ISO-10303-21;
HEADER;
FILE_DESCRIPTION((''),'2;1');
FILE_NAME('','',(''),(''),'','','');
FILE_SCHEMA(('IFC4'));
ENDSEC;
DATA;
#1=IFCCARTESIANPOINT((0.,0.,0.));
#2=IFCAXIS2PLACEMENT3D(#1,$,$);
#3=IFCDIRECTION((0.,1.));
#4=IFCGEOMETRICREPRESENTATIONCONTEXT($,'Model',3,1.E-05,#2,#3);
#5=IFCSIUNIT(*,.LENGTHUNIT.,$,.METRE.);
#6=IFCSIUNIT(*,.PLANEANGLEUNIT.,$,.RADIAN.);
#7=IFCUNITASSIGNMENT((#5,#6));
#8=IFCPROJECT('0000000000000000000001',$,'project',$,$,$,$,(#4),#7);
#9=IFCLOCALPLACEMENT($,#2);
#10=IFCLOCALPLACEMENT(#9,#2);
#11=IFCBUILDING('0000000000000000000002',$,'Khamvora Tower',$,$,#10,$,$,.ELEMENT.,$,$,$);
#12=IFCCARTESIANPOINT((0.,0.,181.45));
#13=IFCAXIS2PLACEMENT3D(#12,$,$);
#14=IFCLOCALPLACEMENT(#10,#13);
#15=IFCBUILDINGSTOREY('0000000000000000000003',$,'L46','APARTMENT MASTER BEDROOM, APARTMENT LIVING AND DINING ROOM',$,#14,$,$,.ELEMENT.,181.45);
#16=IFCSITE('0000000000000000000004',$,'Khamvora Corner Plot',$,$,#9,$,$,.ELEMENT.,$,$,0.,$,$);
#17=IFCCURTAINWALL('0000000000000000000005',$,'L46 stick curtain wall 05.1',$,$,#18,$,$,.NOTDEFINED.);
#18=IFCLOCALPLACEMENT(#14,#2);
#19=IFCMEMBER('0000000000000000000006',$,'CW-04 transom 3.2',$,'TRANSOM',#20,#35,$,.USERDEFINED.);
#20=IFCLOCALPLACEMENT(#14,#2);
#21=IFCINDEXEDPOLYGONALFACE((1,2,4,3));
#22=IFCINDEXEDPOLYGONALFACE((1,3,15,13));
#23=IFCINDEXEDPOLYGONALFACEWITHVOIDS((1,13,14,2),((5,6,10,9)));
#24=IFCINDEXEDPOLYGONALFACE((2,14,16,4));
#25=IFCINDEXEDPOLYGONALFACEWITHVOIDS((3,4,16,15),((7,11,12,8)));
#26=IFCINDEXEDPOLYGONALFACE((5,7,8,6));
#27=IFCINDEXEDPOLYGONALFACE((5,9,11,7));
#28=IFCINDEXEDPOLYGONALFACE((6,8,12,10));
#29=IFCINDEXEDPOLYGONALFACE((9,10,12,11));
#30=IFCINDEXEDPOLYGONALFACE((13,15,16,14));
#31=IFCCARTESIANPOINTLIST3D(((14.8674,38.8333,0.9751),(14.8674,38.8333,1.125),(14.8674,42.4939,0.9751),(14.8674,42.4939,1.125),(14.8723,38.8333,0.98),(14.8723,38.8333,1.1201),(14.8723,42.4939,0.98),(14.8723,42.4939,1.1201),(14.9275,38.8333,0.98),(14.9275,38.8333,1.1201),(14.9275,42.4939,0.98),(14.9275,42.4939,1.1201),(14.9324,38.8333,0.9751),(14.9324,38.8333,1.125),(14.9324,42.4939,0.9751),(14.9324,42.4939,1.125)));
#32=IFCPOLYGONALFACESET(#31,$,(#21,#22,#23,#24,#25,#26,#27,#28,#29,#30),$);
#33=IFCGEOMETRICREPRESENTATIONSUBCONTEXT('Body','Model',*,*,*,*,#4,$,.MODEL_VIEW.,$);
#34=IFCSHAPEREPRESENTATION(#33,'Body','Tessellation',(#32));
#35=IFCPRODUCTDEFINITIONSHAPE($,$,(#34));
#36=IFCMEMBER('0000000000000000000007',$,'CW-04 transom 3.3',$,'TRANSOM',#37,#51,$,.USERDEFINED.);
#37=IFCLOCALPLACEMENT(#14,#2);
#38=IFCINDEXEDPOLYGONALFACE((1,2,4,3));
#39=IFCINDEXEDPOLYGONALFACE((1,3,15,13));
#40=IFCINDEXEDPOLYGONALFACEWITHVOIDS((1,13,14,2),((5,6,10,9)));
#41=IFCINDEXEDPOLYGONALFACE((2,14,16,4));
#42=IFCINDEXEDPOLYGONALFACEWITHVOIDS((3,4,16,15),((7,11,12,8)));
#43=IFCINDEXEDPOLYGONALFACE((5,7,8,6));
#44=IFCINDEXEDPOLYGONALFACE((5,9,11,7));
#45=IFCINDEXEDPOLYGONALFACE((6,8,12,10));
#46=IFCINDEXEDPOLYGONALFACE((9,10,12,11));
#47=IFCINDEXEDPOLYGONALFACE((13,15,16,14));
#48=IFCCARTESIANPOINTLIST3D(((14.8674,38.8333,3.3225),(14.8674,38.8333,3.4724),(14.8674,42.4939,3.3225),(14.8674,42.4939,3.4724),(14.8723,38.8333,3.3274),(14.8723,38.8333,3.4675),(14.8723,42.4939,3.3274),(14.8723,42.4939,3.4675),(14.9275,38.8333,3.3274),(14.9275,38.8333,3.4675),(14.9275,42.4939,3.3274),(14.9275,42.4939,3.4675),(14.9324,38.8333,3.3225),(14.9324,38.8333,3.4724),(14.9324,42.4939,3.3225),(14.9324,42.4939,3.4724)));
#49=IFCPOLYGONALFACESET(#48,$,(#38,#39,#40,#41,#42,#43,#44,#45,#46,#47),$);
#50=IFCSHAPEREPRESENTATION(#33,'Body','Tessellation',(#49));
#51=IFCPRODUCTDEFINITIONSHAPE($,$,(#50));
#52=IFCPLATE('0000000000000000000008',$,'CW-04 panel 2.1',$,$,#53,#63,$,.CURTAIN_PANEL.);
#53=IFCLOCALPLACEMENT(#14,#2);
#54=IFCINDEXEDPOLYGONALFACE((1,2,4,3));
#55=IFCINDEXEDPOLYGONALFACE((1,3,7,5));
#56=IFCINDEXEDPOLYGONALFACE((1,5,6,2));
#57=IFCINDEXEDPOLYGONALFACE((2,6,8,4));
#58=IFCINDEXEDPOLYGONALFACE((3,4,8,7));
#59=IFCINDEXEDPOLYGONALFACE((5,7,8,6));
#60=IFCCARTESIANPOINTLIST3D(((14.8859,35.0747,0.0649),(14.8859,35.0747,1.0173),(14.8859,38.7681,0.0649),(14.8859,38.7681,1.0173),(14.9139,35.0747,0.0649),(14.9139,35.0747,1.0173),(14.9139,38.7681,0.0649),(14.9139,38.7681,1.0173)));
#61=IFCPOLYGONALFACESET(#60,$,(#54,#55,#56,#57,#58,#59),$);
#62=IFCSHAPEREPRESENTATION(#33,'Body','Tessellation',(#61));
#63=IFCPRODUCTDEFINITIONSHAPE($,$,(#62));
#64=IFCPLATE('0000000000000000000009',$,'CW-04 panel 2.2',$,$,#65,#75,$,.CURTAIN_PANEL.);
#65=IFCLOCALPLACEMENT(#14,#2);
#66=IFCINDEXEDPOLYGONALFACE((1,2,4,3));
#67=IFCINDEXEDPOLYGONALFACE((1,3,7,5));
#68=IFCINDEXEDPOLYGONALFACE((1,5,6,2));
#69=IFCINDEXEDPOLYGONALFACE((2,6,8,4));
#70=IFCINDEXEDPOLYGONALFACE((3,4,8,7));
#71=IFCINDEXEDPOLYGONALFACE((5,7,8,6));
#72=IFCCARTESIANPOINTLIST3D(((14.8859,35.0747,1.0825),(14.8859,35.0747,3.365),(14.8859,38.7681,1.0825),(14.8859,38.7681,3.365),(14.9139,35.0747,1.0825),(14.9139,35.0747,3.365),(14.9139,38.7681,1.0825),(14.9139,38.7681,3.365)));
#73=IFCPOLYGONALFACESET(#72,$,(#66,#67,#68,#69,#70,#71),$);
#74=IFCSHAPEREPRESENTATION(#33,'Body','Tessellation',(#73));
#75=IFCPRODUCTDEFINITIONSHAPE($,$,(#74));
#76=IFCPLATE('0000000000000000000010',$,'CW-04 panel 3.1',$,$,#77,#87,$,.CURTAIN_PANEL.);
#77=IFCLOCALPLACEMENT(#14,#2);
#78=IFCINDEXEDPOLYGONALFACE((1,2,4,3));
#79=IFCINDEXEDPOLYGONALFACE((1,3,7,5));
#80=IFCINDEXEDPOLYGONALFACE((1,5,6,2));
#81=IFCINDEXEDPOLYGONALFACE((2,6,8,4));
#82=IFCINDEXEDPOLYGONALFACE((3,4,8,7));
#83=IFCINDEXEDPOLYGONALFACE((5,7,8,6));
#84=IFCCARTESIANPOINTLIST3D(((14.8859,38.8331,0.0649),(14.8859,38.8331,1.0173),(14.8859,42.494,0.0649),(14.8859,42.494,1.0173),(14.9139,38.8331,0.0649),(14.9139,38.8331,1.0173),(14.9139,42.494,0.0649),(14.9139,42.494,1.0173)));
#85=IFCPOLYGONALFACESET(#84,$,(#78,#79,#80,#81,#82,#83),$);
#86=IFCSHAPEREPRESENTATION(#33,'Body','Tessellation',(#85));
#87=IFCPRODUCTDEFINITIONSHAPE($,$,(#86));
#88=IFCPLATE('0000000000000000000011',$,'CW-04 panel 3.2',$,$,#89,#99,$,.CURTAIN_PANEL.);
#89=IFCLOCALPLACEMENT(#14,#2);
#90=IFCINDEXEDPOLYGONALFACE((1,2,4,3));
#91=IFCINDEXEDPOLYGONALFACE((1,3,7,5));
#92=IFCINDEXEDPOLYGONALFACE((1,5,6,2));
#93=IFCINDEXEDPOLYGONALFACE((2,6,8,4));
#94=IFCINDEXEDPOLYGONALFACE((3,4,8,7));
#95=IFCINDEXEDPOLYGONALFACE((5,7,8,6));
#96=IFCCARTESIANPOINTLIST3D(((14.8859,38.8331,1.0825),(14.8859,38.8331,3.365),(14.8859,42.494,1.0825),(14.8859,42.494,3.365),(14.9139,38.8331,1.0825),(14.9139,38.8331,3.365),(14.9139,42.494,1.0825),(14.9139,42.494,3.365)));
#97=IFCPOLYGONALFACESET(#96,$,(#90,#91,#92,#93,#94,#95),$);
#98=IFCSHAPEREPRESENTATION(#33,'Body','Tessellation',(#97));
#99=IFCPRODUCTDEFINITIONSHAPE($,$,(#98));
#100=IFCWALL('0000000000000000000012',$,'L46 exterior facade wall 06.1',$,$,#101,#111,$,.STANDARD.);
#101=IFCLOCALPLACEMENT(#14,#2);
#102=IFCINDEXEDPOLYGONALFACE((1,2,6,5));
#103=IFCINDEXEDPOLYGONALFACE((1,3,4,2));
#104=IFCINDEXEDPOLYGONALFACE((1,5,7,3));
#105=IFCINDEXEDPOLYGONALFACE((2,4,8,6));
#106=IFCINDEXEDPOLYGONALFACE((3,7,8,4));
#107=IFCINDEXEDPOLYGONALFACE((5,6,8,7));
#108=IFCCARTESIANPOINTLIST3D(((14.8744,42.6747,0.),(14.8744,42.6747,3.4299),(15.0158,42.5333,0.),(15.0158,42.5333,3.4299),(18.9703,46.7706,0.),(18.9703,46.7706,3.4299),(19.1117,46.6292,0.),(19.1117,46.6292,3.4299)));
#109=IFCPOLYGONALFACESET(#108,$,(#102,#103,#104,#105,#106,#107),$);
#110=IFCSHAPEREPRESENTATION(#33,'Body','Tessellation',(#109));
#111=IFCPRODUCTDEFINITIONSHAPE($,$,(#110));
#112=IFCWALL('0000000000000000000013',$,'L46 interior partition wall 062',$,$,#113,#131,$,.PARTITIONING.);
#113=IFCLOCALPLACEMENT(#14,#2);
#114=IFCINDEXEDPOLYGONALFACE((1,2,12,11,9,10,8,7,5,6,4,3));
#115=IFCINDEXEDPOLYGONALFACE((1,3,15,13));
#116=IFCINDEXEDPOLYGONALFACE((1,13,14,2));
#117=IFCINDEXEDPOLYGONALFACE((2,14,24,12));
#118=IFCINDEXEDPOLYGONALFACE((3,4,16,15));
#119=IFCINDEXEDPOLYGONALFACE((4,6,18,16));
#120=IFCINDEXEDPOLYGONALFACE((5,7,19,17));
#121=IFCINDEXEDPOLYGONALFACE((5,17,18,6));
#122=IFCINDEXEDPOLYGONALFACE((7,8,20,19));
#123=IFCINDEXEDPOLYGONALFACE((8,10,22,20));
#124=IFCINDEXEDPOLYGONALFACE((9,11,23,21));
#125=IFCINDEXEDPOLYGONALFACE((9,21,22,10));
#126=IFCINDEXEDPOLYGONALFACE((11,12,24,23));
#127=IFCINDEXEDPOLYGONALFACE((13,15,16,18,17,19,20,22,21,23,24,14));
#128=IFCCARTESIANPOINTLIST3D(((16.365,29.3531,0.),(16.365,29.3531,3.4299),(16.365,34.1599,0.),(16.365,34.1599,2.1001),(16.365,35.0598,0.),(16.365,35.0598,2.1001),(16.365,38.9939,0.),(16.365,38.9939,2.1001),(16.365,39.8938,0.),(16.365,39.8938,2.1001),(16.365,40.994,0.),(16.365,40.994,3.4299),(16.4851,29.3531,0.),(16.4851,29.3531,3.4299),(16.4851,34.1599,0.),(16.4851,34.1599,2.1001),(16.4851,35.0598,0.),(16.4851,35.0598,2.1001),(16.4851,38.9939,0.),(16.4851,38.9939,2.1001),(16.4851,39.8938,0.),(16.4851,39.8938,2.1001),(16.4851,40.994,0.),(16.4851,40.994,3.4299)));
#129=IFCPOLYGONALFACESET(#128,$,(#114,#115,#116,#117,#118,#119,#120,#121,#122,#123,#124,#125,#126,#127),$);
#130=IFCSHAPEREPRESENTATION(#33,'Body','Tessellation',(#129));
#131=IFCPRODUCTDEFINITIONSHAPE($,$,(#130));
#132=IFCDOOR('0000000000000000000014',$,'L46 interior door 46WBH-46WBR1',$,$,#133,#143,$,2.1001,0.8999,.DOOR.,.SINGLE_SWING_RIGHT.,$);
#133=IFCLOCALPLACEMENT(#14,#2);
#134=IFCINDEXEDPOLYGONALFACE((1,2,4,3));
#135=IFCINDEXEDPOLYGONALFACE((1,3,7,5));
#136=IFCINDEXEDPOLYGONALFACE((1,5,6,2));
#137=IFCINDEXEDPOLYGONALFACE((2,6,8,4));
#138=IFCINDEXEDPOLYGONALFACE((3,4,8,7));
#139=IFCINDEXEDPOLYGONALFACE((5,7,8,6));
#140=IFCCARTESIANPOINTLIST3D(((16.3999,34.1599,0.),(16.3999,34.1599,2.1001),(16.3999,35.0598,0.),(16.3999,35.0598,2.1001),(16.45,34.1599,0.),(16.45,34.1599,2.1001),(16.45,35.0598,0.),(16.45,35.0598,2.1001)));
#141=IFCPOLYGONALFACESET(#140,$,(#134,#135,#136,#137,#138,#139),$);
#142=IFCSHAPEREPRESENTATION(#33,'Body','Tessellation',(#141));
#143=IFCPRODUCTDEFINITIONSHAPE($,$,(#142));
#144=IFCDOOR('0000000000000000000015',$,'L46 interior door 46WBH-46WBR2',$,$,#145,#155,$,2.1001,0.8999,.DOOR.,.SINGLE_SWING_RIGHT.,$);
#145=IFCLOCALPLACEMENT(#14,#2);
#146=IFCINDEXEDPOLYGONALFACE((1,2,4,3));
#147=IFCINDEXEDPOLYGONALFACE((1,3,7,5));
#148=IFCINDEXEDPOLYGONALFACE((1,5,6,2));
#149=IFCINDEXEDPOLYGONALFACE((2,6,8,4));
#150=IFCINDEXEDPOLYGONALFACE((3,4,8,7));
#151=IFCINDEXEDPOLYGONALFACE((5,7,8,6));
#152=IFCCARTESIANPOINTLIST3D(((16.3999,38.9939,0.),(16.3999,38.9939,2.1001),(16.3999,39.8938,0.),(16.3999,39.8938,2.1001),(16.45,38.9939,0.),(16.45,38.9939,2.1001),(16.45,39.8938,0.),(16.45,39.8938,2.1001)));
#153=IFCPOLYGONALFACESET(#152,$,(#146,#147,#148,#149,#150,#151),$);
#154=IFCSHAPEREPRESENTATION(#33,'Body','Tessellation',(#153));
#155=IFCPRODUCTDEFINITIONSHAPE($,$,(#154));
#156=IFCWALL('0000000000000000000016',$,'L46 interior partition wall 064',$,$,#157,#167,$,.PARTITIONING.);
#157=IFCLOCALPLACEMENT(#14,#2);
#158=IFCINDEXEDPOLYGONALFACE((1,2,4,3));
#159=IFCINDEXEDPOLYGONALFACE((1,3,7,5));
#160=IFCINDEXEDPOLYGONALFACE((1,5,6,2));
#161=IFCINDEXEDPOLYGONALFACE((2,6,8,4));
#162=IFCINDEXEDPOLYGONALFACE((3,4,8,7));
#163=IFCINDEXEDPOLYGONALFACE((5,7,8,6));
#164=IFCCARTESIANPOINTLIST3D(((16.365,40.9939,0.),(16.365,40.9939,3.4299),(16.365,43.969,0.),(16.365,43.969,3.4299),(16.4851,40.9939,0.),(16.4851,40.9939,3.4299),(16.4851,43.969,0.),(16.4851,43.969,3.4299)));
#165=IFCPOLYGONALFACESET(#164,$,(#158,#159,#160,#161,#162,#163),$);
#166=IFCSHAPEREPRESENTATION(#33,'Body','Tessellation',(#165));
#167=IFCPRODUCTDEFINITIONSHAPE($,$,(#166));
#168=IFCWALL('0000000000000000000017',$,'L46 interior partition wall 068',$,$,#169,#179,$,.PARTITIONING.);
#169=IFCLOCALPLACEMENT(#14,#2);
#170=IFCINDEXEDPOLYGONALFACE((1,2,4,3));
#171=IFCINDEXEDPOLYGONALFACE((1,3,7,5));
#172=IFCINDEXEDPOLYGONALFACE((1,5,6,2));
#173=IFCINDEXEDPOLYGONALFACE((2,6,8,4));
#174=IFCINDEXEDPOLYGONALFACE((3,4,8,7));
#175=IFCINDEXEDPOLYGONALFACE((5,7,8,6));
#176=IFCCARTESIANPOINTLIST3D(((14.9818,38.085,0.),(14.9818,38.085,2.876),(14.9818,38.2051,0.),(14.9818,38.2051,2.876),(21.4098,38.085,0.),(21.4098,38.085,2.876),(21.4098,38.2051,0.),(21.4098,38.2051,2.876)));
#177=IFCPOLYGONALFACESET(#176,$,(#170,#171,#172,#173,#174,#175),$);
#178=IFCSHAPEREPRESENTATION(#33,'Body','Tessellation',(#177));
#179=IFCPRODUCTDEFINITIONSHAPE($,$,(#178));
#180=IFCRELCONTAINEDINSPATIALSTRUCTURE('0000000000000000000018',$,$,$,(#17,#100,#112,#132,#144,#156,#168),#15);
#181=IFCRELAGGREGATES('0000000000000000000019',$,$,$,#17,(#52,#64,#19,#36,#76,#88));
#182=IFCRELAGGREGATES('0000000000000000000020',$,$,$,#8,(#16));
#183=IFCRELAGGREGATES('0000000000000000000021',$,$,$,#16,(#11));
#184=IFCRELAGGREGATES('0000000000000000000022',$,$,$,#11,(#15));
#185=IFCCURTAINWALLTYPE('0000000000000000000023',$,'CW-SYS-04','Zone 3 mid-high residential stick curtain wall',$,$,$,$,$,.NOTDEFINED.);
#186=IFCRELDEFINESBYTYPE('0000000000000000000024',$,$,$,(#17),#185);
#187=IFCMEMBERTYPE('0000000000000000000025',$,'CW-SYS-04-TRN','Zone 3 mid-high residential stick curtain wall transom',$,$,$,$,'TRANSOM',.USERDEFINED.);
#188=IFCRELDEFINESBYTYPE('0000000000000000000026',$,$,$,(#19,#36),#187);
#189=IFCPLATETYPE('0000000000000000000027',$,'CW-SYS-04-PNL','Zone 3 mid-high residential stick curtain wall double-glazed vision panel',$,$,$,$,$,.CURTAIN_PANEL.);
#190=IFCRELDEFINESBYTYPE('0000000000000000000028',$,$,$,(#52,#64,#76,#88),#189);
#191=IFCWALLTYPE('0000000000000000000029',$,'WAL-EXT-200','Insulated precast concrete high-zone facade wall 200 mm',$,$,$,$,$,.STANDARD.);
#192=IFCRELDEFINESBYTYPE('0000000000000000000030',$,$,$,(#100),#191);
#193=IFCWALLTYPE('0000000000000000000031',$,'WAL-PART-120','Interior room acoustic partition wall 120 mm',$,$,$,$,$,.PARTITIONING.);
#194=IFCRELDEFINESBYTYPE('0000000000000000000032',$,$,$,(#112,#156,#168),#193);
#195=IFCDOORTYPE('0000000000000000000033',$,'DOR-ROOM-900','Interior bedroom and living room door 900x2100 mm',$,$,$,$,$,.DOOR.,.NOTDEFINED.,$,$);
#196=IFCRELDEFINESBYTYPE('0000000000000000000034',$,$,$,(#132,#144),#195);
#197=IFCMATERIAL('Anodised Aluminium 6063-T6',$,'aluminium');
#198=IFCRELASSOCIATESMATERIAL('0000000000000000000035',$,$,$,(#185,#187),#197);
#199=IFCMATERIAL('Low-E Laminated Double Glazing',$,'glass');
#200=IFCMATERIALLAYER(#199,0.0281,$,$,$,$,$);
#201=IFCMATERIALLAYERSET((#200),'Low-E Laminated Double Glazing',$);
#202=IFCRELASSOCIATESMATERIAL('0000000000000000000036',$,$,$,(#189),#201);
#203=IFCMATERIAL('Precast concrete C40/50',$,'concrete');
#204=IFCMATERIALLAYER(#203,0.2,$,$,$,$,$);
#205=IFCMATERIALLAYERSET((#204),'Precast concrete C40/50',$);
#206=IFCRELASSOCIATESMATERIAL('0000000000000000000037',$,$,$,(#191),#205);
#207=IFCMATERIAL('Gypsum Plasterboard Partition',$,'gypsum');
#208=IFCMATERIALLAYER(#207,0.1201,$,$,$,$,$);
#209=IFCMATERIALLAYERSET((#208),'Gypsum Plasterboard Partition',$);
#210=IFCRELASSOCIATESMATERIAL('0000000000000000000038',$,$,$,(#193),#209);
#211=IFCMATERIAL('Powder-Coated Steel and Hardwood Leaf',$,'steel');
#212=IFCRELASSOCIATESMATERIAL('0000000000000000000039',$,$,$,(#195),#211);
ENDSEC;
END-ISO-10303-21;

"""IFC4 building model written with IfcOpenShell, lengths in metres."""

from ifc_helpers import new_model, si_unit, direction, frame, frame_2d, origin, origin_2d, place, context, subcontext, project, spatial, rectangle, hollow_rectangle, extrude, material, layer, layer_set, material_profile, profile_set, type_object, element, fill, aggregate, save


model = new_model("IFC4")

# Units and contexts
model_context = context("Model", 3, precision=1e-05, world=origin(), true_north=direction((0.0, 1.0)))
body_context = subcontext(model_context, "Body", "Model", "MODEL_VIEW")
ifc_project = project(units=[si_unit("LENGTHUNIT", "METRE"), si_unit("PLANEANGLEUNIT", "RADIAN")], contexts=[model_context])

# Site, building, storey
site_placement = place(None, origin())
site = spatial("IfcSite", under=ifc_project, at=site_placement, Name="Khamvora Corner Plot", CompositionType="ELEMENT", RefElevation=0.0)
building_placement = place(site_placement, origin())
building = spatial("IfcBuilding", under=site, at=building_placement, Name="Khamvora Tower", CompositionType="ELEMENT")
storey_placement = place(building_placement, frame((0.0, 0.0, 181.45)))
storey = spatial("IfcBuildingStorey", under=building, at=storey_placement, Name="L46", Description="APARTMENT MASTER BEDROOM, APARTMENT LIVING AND DINING ROOM", CompositionType="ELEMENT", Elevation=181.45)

# Curtain wall, members, plates
ifc_material_1 = material(Name="Anodised Aluminium 6063-T6", Category="aluminium")
curtain_wall_type = type_object("IfcCurtainWallType", Name="CW-SYS-04", Description="Zone 3 mid-high residential stick curtain wall", PredefinedType="NOTDEFINED", material=ifc_material_1)
curtain_wall_placement = place(storey_placement, origin())
curtain_wall = element("IfcCurtainWall", 1, at=curtain_wall_placement, inside=storey, type_object=curtain_wall_type, Name="L46 stick curtain wall 05.1", PredefinedType="NOTDEFINED")
ifc_material_profile_1 = material_profile(ifc_material_1, hollow_rectangle(XDim=0.0649, YDim=0.1499, WallThickness=0.0049, at=origin_2d()), Name="TRN65x150x5")
ifc_profile_set_1 = profile_set([ifc_material_profile_1], Name="Anodised Aluminium 6063-T6")
member_type_1 = type_object("IfcMemberType", Name="CW-SYS-04-TRN", Description="Zone 3 mid-high residential stick curtain wall transom", ElementType="TRANSOM", PredefinedType="USERDEFINED", material=ifc_profile_set_1)
member_1_placement = place(storey_placement, frame((14.8999, 38.8333, 1.05), z_axis=(0.0, 1.0, 0.0), x_axis=(-1.0, 0.0, 0.0)))
member_1 = element("IfcMember", 2, at=member_1_placement, type_object=member_type_1, Name="CW-04 transom 3.2", ObjectType="TRANSOM", PredefinedType="USERDEFINED", context=body_context, shape_type="SweptSolid", body=[
    extrude(hollow_rectangle(XDim=0.0649, YDim=0.1499, WallThickness=0.0049, at=origin_2d()), origin(), (0.0, 0.0, 1.0), 3.6606),
])
member_2_placement = place(storey_placement, frame((14.8999, 38.8333, 3.3975), z_axis=(0.0, 1.0, 0.0), x_axis=(-1.0, 0.0, 0.0)))
member_2 = element("IfcMember", 3, at=member_2_placement, type_object=member_type_1, Name="CW-04 transom 3.3", ObjectType="TRANSOM", PredefinedType="USERDEFINED", context=body_context, shape_type="SweptSolid", body=[
    extrude(hollow_rectangle(XDim=0.0649, YDim=0.1499, WallThickness=0.0049, at=origin_2d()), origin(), (0.0, 0.0, 1.0), 3.6606),
])
ifc_material_2 = material(Name="Low-E Laminated Double Glazing", Category="glass")
ifc_layer_1 = layer(ifc_material_2, 0.0281)
ifc_layer_set_1 = layer_set([ifc_layer_1], Name="Low-E Laminated Double Glazing")
plate_type = type_object("IfcPlateType", Name="CW-SYS-04-PNL", Description="Zone 3 mid-high residential stick curtain wall double-glazed vision panel", PredefinedType="CURTAIN_PANEL", material=ifc_layer_set_1)
plate_1_placement = place(storey_placement, frame((14.8999, 36.9214, 0.0649), z_axis=(0.0, 0.0, 1.0), x_axis=(0.0, 1.0, 0.0)))
plate_1 = element("IfcPlate", 4, at=plate_1_placement, type_object=plate_type, Name="CW-04 panel 2.1", PredefinedType="CURTAIN_PANEL", context=body_context, shape_type="SweptSolid", body=[
    extrude(rectangle(XDim=3.6934, YDim=0.0281, at=origin_2d()), origin(), (0.0, 0.0, 1.0), 0.9524),
])
plate_2_placement = place(storey_placement, frame((14.8999, 36.9214, 1.0825), z_axis=(0.0, 0.0, 1.0), x_axis=(0.0, 1.0, 0.0)))
plate_2 = element("IfcPlate", 5, at=plate_2_placement, type_object=plate_type, Name="CW-04 panel 2.2", PredefinedType="CURTAIN_PANEL", context=body_context, shape_type="SweptSolid", body=[
    extrude(rectangle(XDim=3.6934, YDim=0.0281, at=origin_2d()), origin(), (0.0, 0.0, 1.0), 2.2825),
])
plate_3_placement = place(storey_placement, frame((14.8999, 40.6636, 0.0649), z_axis=(0.0, 0.0, 1.0), x_axis=(0.0, 1.0, 0.0)))
plate_3 = element("IfcPlate", 6, at=plate_3_placement, type_object=plate_type, Name="CW-04 panel 3.1", PredefinedType="CURTAIN_PANEL", context=body_context, shape_type="SweptSolid", body=[
    extrude(rectangle(XDim=3.6609, YDim=0.0281, at=origin_2d()), origin(), (0.0, 0.0, 1.0), 0.9524),
])
plate_4_placement = place(storey_placement, frame((14.8999, 40.6636, 1.0825), z_axis=(0.0, 0.0, 1.0), x_axis=(0.0, 1.0, 0.0)))
plate_4 = element("IfcPlate", 7, at=plate_4_placement, type_object=plate_type, Name="CW-04 panel 3.2", PredefinedType="CURTAIN_PANEL", context=body_context, shape_type="SweptSolid", body=[
    extrude(rectangle(XDim=3.6609, YDim=0.0281, at=origin_2d()), origin(), (0.0, 0.0, 1.0), 2.2825),
])
aggregate(curtain_wall, [plate_1, plate_2, member_1, member_2, plate_3, plate_4])

# Wall
ifc_material_3 = material(Name="Precast concrete C40/50", Category="concrete")
ifc_layer_2 = layer(ifc_material_3, 0.2)
ifc_layer_set_2 = layer_set([ifc_layer_2], Name="Precast concrete C40/50")
wall_type_1 = type_object("IfcWallType", Name="WAL-EXT-200", Description="Insulated precast concrete high-zone facade wall 200 mm", PredefinedType="STANDARD", material=ifc_layer_set_2)
wall_1_placement = place(storey_placement, frame((14.9451, 42.604, 0.0), z_axis=(0.0, 0.0, 1.0), x_axis=(0.707107, 0.707107, 0.0)))
element("IfcWall", 8, at=wall_1_placement, inside=storey, type_object=wall_type_1, Name="L46 exterior facade wall 06.1", PredefinedType="STANDARD", context=body_context, shape_type="SweptSolid", body=[
    extrude(rectangle(XDim=5.7925, YDim=0.2, at=frame_2d((2.8962, 0.0))), origin(), (0.0, 0.0, 1.0), 3.4299),
])

# Wall, openings, doors
ifc_material_4 = material(Name="Gypsum Plasterboard Partition", Category="gypsum")
ifc_layer_3 = layer(ifc_material_4, 0.1201)
ifc_layer_set_3 = layer_set([ifc_layer_3], Name="Gypsum Plasterboard Partition")
wall_type_2 = type_object("IfcWallType", Name="WAL-PART-120", Description="Interior room acoustic partition wall 120 mm", PredefinedType="PARTITIONING", material=ifc_layer_set_3)
wall_2_placement = place(storey_placement, frame((16.425, 40.9939, 0.0), z_axis=(0.0, 0.0, 1.0), x_axis=(0.0, -1.0, 0.0)))
wall_2 = element("IfcWall", 9, at=wall_2_placement, inside=storey, type_object=wall_type_2, Name="L46 interior partition wall 062", PredefinedType="PARTITIONING", context=body_context, shape_type="SweptSolid", body=[
    extrude(rectangle(XDim=11.6409, YDim=0.1201, at=frame_2d((5.8203, 0.0))), origin(), (0.0, 0.0, 1.0), 3.4299),
])
opening_1_placement = place(wall_2_placement, frame((5.9341, 0.0, 0.0)))
opening_1 = element("IfcOpeningElement", 10, at=opening_1_placement, cuts=wall_2, PredefinedType="OPENING", context=body_context, shape_type="SweptSolid", body=[
    extrude(rectangle(XDim=0.8999, YDim=2.1001, at=frame_2d((0.45, 1.05))), frame((0.0, 0.0701, 0.0), z_axis=(0.0, -1.0, 0.0), x_axis=(1.0, 0.0, 0.0)), (0.0, 0.0, 1.0), 0.1401),
])
opening_2_placement = place(wall_2_placement, frame((1.1001, 0.0, 0.0)))
opening_2 = element("IfcOpeningElement", 11, at=opening_2_placement, cuts=wall_2, PredefinedType="OPENING", context=body_context, shape_type="SweptSolid", body=[
    extrude(rectangle(XDim=0.8999, YDim=2.1001, at=frame_2d((0.45, 1.05))), frame((0.0, 0.0701, 0.0), z_axis=(0.0, -1.0, 0.0), x_axis=(1.0, 0.0, 0.0)), (0.0, 0.0, 1.0), 0.1401),
])
ifc_material_5 = material(Name="Powder-Coated Steel and Hardwood Leaf", Category="steel")
door_type = type_object("IfcDoorType", Name="DOR-ROOM-900", Description="Interior bedroom and living room door 900x2100 mm", OperationType="NOTDEFINED", PredefinedType="DOOR", material=ifc_material_5)
door_1_placement = place(opening_1_placement, origin())
door_1 = element("IfcDoor", 12, at=door_1_placement, inside=storey, type_object=door_type, Name="L46 interior door 46WBH-46WBR1", OperationType="SINGLE_SWING_RIGHT", OverallHeight=2.1001, OverallWidth=0.8999, PredefinedType="DOOR", context=body_context, shape_type="SweptSolid", body=[
    extrude(rectangle(XDim=0.8999, YDim=2.1001, at=frame_2d((0.45, 1.05))), frame((0.0, 0.0249, 0.0), z_axis=(0.0, -1.0, 0.0), x_axis=(1.0, 0.0, 0.0)), (0.0, 0.0, 1.0), 0.05),
])
fill(opening_1, door_1)
door_2_placement = place(opening_2_placement, origin())
door_2 = element("IfcDoor", 13, at=door_2_placement, inside=storey, type_object=door_type, Name="L46 interior door 46WBH-46WBR2", OperationType="SINGLE_SWING_RIGHT", OverallHeight=2.1001, OverallWidth=0.8999, PredefinedType="DOOR", context=body_context, shape_type="SweptSolid", body=[
    extrude(rectangle(XDim=0.8999, YDim=2.1001, at=frame_2d((0.45, 1.05))), frame((0.0, 0.0249, 0.0), z_axis=(0.0, -1.0, 0.0), x_axis=(1.0, 0.0, 0.0)), (0.0, 0.0, 1.0), 0.05),
])
fill(opening_2, door_2)

# Walls
wall_3_placement = place(storey_placement, frame((16.425, 43.969, 0.0), z_axis=(0.0, 0.0, 1.0), x_axis=(0.0, -1.0, 0.0)))
element("IfcWall", 14, at=wall_3_placement, inside=storey, type_object=wall_type_2, Name="L46 interior partition wall 064", PredefinedType="PARTITIONING", context=body_context, shape_type="SweptSolid", body=[
    extrude(rectangle(XDim=2.9751, YDim=0.1201, at=frame_2d((1.4875, 0.0))), origin(), (0.0, 0.0, 1.0), 3.4299),
])
wall_4_placement = place(storey_placement, frame((14.9819, 38.145, 0.0), z_axis=(0.0, 0.0, 1.0), x_axis=(1.0, 0.0, 0.0)))
element("IfcWall", 15, at=wall_4_placement, inside=storey, type_object=wall_type_2, Name="L46 interior partition wall 068", PredefinedType="PARTITIONING", context=body_context, shape_type="SweptSolid", body=[
    extrude(rectangle(XDim=6.428, YDim=0.1201, at=frame_2d((3.2139, 0.0))), origin(), (0.0, 0.0, 1.0), 2.876),
])

save(model, "model.ifc")
